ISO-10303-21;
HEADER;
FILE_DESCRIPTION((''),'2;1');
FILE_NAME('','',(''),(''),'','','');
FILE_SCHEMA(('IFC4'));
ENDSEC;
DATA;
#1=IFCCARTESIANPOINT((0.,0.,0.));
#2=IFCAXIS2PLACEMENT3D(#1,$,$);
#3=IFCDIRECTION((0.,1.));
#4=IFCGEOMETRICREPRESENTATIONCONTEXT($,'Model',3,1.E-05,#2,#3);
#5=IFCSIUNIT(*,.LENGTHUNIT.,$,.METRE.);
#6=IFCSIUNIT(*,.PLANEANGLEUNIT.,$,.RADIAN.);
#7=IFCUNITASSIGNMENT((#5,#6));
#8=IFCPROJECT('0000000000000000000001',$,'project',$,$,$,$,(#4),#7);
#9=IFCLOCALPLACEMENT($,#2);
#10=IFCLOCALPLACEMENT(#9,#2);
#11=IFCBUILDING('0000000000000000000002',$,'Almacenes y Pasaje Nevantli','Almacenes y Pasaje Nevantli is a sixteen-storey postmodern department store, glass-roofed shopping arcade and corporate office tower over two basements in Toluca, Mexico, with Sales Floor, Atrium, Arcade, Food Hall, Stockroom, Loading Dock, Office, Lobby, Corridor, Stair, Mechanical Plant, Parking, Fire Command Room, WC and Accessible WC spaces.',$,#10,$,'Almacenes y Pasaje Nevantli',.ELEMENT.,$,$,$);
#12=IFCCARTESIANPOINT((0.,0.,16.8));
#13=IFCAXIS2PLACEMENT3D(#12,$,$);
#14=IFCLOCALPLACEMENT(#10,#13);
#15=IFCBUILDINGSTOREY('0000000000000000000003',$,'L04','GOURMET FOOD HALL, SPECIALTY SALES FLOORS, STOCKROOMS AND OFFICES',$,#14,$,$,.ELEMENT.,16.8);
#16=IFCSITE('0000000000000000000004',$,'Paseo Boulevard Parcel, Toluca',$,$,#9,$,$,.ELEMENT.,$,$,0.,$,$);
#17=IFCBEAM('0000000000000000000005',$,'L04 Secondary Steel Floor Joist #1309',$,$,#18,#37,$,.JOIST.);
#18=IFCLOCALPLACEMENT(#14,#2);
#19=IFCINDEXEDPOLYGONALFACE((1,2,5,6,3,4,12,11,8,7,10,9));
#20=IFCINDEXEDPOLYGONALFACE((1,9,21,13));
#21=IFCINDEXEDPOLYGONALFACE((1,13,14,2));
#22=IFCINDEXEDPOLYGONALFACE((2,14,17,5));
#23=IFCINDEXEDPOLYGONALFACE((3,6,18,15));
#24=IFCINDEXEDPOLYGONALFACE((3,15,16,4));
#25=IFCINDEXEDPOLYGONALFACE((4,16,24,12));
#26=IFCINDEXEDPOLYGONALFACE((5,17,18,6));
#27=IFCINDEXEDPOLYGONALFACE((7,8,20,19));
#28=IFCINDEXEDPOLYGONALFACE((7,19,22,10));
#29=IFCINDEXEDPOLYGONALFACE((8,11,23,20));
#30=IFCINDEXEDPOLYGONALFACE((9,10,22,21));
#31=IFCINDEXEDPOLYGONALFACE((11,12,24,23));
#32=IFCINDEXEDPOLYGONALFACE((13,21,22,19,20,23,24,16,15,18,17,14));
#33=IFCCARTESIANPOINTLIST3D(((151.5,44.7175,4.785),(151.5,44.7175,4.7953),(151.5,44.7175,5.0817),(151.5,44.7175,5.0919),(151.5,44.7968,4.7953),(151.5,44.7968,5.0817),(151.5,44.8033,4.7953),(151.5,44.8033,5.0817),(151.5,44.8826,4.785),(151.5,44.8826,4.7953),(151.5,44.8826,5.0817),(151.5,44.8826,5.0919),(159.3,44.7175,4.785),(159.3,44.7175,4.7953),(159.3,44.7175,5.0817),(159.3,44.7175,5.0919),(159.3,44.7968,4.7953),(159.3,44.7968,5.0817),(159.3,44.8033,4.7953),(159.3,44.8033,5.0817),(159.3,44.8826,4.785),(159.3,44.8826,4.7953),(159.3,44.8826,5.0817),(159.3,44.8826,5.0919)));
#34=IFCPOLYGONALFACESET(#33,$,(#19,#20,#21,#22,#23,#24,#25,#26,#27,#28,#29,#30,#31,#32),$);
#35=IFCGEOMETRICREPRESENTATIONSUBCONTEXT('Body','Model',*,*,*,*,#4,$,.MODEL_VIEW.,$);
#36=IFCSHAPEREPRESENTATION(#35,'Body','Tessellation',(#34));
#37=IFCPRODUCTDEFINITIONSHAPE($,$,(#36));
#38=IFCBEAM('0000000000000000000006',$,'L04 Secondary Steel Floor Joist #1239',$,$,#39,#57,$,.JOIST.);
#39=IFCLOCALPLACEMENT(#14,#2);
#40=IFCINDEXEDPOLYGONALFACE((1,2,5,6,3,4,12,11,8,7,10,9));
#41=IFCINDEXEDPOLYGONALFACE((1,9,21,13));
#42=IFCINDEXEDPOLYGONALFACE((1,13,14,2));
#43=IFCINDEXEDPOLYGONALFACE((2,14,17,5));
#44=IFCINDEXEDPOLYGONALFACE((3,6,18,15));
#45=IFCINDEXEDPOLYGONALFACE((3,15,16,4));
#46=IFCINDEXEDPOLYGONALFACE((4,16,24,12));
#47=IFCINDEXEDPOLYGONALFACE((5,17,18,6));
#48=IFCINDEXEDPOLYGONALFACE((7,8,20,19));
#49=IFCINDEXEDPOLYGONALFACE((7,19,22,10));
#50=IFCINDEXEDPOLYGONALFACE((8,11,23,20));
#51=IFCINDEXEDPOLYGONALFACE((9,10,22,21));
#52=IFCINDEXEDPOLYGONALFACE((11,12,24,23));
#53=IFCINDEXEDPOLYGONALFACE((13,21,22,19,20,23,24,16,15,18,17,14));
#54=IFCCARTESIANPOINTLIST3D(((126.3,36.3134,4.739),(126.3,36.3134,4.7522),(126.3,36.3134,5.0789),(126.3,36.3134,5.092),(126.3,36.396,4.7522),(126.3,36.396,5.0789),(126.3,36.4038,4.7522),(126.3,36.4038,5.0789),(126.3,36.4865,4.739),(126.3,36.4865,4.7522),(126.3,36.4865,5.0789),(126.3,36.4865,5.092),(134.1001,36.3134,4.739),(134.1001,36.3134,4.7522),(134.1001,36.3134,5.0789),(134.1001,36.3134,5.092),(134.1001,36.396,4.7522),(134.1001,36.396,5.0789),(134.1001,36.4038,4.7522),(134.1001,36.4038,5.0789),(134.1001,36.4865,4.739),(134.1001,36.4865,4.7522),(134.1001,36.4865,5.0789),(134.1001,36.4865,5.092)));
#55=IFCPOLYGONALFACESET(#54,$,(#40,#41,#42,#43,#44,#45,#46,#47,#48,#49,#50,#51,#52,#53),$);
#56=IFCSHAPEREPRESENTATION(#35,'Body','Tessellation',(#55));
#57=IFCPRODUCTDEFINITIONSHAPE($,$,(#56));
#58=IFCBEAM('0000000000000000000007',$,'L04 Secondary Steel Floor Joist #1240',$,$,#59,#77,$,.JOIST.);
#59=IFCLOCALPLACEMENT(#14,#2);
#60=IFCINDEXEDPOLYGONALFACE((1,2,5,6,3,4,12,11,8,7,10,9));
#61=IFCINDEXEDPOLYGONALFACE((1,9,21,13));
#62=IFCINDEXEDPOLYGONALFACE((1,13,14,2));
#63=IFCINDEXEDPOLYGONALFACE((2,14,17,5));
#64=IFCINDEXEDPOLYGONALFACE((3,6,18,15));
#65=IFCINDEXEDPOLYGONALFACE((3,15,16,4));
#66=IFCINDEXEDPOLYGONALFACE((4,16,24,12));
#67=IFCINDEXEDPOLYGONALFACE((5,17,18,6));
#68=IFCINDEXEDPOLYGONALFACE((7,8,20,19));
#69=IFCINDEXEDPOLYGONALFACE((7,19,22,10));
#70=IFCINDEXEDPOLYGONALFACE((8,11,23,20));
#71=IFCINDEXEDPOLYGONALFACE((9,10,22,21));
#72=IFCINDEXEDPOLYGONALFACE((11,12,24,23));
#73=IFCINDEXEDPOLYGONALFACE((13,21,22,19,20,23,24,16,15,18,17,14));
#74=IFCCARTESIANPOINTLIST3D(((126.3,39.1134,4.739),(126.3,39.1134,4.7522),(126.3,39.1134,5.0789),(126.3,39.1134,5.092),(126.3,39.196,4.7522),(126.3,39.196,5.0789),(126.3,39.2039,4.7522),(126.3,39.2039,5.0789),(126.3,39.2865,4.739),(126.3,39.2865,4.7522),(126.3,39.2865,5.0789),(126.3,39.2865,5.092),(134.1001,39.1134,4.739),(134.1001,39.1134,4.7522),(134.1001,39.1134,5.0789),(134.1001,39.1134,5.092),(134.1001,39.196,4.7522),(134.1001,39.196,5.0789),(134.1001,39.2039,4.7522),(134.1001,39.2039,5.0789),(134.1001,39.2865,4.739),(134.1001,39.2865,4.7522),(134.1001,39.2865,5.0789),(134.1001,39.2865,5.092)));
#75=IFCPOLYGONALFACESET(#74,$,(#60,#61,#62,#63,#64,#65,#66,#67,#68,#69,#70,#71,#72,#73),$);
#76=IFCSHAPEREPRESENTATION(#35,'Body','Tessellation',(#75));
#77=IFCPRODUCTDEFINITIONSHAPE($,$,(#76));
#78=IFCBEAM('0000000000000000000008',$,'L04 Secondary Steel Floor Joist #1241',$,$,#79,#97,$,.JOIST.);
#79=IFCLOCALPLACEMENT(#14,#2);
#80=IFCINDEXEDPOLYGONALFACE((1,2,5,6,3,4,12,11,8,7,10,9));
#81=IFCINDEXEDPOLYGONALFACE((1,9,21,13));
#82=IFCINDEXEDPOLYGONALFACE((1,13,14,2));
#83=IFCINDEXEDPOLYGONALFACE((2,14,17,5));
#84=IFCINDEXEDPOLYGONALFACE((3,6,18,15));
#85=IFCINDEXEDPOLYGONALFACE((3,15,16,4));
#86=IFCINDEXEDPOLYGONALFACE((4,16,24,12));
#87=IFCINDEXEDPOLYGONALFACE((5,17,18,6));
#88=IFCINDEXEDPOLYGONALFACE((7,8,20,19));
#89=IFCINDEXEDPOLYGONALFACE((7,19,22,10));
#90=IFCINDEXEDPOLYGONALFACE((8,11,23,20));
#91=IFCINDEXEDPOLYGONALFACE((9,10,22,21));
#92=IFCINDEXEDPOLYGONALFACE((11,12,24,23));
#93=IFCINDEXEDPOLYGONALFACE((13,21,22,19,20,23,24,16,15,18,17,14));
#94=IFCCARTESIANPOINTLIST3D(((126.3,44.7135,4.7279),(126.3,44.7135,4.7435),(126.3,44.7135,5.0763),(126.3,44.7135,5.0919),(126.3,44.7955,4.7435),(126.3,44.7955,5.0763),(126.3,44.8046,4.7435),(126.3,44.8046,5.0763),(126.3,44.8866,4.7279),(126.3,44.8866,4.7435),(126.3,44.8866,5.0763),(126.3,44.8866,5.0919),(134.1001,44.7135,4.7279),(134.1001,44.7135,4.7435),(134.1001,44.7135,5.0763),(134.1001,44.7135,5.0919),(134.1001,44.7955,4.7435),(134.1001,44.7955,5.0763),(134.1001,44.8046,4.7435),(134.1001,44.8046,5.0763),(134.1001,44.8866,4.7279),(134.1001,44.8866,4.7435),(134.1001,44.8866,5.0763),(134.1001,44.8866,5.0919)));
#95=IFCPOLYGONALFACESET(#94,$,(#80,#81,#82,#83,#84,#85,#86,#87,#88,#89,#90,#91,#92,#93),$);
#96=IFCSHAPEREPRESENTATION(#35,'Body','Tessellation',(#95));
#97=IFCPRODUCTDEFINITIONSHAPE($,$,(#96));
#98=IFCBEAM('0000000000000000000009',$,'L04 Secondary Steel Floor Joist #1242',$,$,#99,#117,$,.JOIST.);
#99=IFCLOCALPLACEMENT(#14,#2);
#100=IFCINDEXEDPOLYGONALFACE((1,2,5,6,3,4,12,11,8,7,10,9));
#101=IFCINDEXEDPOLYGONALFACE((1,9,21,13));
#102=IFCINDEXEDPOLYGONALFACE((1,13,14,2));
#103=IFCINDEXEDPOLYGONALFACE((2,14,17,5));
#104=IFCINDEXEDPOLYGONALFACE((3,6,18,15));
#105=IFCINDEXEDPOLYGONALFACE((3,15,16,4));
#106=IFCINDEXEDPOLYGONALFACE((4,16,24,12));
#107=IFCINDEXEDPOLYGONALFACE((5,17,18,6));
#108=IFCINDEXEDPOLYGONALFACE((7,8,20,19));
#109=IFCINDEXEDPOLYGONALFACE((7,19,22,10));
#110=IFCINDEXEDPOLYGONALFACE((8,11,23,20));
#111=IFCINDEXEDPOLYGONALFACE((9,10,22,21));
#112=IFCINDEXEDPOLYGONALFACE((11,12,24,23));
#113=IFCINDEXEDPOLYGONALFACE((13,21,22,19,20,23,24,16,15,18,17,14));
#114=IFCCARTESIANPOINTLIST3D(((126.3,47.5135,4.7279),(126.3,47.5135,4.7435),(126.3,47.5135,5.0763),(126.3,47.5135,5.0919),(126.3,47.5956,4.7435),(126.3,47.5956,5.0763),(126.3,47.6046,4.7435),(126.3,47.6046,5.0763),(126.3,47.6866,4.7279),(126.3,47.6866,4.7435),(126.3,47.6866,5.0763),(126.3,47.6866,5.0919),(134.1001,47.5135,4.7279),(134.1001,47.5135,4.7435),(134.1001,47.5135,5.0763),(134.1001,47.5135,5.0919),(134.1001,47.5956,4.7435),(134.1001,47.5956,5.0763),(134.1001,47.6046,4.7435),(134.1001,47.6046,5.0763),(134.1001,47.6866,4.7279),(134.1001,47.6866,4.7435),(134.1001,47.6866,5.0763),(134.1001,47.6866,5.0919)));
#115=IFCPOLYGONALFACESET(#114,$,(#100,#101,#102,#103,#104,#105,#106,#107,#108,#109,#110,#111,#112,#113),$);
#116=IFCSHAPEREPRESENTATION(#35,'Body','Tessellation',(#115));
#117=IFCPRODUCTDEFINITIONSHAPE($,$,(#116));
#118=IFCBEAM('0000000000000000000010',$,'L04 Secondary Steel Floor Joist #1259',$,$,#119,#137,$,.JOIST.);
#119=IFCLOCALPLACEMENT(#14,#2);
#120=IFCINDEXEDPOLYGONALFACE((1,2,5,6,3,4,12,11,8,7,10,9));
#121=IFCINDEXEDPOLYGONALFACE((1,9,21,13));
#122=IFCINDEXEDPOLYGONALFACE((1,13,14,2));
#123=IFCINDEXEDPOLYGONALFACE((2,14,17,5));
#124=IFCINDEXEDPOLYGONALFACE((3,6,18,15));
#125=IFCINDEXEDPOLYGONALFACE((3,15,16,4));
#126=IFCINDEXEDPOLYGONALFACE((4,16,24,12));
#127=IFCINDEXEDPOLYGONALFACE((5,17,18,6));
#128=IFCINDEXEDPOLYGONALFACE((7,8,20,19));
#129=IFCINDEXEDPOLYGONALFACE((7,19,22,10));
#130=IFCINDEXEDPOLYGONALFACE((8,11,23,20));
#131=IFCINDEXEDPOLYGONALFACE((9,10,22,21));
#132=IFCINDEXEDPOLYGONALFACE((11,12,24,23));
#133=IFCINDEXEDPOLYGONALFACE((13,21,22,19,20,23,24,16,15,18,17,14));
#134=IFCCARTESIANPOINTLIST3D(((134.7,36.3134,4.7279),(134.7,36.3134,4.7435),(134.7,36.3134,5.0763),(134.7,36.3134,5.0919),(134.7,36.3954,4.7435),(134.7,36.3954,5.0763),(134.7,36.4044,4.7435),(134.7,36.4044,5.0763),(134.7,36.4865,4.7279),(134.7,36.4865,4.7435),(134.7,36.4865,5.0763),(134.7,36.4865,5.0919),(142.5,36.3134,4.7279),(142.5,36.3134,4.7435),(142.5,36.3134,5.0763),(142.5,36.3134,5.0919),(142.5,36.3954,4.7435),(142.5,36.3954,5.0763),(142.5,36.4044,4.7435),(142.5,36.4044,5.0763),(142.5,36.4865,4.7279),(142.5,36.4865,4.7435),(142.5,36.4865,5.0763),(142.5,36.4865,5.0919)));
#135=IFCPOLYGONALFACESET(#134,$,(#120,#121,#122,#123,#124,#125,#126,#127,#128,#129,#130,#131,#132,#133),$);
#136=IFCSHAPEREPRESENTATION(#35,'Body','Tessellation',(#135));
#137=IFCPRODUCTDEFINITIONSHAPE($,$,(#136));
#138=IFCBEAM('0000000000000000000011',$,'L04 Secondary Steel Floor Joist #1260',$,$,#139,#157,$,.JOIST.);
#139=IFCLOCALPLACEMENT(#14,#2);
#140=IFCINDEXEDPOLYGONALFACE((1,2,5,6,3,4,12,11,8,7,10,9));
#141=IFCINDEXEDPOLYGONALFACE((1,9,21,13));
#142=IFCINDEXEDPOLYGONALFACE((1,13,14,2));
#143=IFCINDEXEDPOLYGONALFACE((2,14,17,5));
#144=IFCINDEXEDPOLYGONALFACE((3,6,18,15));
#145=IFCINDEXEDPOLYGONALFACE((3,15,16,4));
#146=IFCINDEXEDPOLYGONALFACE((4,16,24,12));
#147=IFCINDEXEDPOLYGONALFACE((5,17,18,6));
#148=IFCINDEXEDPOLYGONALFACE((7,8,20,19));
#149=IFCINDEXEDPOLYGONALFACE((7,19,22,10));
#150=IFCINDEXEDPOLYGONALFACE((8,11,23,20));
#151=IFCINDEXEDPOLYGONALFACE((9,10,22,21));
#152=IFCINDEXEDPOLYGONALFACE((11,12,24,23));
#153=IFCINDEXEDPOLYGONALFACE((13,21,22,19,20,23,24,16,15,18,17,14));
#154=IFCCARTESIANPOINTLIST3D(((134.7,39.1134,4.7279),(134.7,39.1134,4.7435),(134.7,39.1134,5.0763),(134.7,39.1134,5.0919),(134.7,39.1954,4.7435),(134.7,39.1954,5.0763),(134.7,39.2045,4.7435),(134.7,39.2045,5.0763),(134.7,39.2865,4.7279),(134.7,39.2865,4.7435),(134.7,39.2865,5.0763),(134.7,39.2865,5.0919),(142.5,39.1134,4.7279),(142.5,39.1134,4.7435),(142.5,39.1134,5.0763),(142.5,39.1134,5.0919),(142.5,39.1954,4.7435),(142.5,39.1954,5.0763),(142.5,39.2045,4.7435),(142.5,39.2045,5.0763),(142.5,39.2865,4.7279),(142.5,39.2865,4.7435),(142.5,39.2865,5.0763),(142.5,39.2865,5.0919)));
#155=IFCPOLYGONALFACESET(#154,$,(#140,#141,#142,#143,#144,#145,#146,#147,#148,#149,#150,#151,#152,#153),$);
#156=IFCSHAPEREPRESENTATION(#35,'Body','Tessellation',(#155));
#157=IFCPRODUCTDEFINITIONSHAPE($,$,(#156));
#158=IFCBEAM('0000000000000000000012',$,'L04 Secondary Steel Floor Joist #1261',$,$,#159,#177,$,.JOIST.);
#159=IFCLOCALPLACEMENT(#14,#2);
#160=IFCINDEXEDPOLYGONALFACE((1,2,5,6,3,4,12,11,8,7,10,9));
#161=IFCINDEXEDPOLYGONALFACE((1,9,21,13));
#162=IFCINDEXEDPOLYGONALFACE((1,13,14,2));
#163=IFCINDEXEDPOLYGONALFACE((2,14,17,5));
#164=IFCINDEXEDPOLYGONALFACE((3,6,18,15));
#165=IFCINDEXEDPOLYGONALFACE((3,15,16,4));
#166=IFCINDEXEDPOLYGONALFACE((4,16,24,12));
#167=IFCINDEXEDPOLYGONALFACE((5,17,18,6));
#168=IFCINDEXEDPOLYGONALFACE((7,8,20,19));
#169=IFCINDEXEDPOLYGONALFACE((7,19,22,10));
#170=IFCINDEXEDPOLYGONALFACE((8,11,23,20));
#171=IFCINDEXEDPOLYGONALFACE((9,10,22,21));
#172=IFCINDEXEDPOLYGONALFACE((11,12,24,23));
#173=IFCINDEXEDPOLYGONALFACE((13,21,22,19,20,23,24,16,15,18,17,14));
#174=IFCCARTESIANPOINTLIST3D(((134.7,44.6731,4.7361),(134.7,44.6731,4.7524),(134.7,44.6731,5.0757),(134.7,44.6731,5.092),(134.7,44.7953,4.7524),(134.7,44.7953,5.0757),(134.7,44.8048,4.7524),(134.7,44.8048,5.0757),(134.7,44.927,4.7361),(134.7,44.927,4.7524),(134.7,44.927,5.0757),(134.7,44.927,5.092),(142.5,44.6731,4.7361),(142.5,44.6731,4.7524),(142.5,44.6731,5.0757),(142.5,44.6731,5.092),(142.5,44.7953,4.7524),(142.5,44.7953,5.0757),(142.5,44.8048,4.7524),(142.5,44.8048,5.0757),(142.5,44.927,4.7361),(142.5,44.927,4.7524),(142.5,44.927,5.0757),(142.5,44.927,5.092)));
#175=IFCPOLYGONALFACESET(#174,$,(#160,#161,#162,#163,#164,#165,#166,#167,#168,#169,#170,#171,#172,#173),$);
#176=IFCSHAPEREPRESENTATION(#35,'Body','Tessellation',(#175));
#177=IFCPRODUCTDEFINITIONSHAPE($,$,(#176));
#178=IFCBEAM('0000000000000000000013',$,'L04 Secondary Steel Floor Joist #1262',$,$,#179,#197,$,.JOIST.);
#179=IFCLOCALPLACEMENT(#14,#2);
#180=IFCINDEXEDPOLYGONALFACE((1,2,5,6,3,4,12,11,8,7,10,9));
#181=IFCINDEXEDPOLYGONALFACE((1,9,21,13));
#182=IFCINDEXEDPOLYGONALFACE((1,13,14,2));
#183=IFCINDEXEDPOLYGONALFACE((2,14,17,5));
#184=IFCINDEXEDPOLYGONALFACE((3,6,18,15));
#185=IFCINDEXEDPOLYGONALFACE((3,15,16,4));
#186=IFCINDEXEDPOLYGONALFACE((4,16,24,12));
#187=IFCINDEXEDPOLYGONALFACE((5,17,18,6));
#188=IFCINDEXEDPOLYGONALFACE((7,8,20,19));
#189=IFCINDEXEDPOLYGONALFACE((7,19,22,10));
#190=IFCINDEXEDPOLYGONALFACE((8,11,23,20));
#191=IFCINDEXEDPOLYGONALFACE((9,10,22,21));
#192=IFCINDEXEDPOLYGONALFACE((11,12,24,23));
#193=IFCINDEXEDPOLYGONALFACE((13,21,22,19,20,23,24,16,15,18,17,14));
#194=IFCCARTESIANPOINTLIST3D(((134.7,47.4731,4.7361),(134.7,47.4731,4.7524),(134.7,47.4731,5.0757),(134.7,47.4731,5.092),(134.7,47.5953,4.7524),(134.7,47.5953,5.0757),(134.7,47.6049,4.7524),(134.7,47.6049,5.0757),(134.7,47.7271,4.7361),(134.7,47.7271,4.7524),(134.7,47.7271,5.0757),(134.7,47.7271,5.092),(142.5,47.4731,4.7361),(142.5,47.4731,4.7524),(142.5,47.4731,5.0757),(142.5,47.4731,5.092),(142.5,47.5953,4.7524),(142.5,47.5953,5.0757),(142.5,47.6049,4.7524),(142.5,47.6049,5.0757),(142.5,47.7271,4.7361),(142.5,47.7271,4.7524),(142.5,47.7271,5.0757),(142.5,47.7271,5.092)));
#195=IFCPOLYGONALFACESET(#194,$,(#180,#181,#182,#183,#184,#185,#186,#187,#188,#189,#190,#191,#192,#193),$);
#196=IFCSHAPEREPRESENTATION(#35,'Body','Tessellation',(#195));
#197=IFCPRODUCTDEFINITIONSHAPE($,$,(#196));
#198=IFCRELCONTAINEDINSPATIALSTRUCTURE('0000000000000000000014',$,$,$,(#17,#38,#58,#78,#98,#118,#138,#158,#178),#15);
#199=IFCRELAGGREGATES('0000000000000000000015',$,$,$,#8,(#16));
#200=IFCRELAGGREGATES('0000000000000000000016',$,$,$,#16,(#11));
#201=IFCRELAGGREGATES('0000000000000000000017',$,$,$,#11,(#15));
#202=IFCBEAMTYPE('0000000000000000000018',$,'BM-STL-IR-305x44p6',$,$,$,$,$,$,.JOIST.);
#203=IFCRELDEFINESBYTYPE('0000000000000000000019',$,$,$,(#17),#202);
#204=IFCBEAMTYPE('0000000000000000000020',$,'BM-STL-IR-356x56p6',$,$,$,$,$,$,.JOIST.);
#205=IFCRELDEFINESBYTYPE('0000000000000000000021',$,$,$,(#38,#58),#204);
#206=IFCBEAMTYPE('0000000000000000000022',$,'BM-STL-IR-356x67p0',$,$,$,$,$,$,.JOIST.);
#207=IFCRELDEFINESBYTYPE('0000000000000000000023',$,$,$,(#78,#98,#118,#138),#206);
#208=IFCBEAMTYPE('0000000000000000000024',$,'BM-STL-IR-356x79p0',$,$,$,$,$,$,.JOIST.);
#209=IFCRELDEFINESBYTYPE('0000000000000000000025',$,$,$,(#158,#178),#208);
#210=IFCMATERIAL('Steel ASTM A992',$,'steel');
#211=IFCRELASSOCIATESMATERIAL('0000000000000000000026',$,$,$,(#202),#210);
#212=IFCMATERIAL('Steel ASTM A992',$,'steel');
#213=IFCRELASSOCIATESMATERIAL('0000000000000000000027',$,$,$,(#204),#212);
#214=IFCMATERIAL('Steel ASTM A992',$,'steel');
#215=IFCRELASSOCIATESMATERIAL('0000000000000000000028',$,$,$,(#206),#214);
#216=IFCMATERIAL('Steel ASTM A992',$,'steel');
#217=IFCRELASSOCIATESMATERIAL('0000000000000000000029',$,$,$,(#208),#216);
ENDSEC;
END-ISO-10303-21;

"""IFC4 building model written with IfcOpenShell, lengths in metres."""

from ifc_helpers import new_model, si_unit, direction, frame, origin, origin_2d, place, context, subcontext, project, spatial, i_section, extrude, material, material_profile, profile_set, type_object, element, save


model = new_model("IFC4")

# Units and contexts
model_context = context("Model", 3, precision=1e-05, world=origin(), true_north=direction((0.0, 1.0)))
body_context = subcontext(model_context, "Body", "Model", "MODEL_VIEW")
ifc_project = project(units=[si_unit("LENGTHUNIT", "METRE"), si_unit("PLANEANGLEUNIT", "RADIAN")], contexts=[model_context])

# Site, building, storey
site_placement = place(None, origin())
site = spatial("IfcSite", under=ifc_project, at=site_placement, Name="Paseo Boulevard Parcel, Toluca", CompositionType="ELEMENT", RefElevation=0.0)
building_placement = place(site_placement, origin())
building = spatial("IfcBuilding", under=site, at=building_placement, Name="Almacenes y Pasaje Nevantli", Description="Almacenes y Pasaje Nevantli is a sixteen-storey postmodern department store, glass-roofed shopping arcade and corporate office tower over two basements in Toluca, Mexico, with Sales Floor, Atrium, Arcade, Food Hall, Stockroom, Loading Dock, Office, Lobby, Corridor, Stair, Mechanical Plant, Parking, Fire Command Room, WC and Accessible WC spaces.", LongName="Almacenes y Pasaje Nevantli", CompositionType="ELEMENT")
storey_placement = place(building_placement, frame((0.0, 0.0, 16.8)))
storey = spatial("IfcBuildingStorey", under=building, at=storey_placement, Name="L04", Description="GOURMET FOOD HALL, SPECIALTY SALES FLOORS, STOCKROOMS AND OFFICES", CompositionType="ELEMENT", Elevation=16.8)

# Beams
ifc_material_1 = material(Name="Steel ASTM A992", Category="steel")
ifc_material_profile_1 = material_profile(ifc_material_1, i_section(OverallWidth=0.165, OverallDepth=0.3069, WebThickness=0.0066, FlangeThickness=0.0103, at=origin_2d()), Name="IR 305x44.6")
ifc_profile_set_1 = profile_set([ifc_material_profile_1], Name="Steel ASTM A992")
beam_type_1 = type_object("IfcBeamType", Name="BM-STL-IR-305x44p6", PredefinedType="JOIST", material=ifc_profile_set_1)
beam_1_placement = place(storey_placement, frame((151.5, 44.8, 4.9385), z_axis=(1.0, 0.0, 0.0), x_axis=(0.0, 1.0, 0.0)))
element("IfcBeam", 1, at=beam_1_placement, inside=storey, type_object=beam_type_1, Name="L04 Secondary Steel Floor Joist #1309", PredefinedType="JOIST", context=body_context, shape_type="SweptSolid", body=[
    extrude(i_section(OverallWidth=0.165, OverallDepth=0.3069, WebThickness=0.0066, FlangeThickness=0.0103, at=origin_2d()), origin(), (0.0, 0.0, 1.0), 7.8),
])
ifc_material_2 = material(Name="Steel ASTM A992", Category="steel")
ifc_material_profile_2 = material_profile(ifc_material_2, i_section(OverallWidth=0.1731, OverallDepth=0.353, WebThickness=0.0078, FlangeThickness=0.0132, at=origin_2d()), Name="IR 356x56.6")
ifc_profile_set_2 = profile_set([ifc_material_profile_2], Name="Steel ASTM A992")
beam_type_2 = type_object("IfcBeamType", Name="BM-STL-IR-356x56p6", PredefinedType="JOIST", material=ifc_profile_set_2)
for number, where, z_axis, x_axis, name in (
    (2, (126.3, 36.3999, 4.9155), (1.0, 0.0, 0.0), (0.0, 1.0, 0.0), "L04 Secondary Steel Floor Joist #1239"),
    (3, (126.3, 39.2, 4.9155), (1.0, 0.0, 0.0), (0.0, 1.0, 0.0), "L04 Secondary Steel Floor Joist #1240"),
):
    element("IfcBeam", number, at=place(storey_placement, frame(where, z_axis=z_axis, x_axis=x_axis)), inside=storey, type_object=beam_type_2, Name=name, PredefinedType="JOIST", context=body_context, shape_type="SweptSolid", body=[
        extrude(i_section(OverallWidth=0.1731, OverallDepth=0.353, WebThickness=0.0078, FlangeThickness=0.0132, at=origin_2d()), origin(), (0.0, 0.0, 1.0), 7.8),
    ])
ifc_material_3 = material(Name="Steel ASTM A992", Category="steel")
ifc_material_profile_3 = material_profile(ifc_material_3, i_section(OverallWidth=0.1731, OverallDepth=0.364, WebThickness=0.009, FlangeThickness=0.0156, at=origin_2d()), Name="IR 356x67.0")
ifc_profile_set_3 = profile_set([ifc_material_profile_3], Name="Steel ASTM A992")
beam_type_3 = type_object("IfcBeamType", Name="BM-STL-IR-356x67p0", PredefinedType="JOIST", material=ifc_profile_set_3)
for number, where, z_axis, x_axis, name in (
    (4, (126.3, 44.8, 4.9099), (1.0, 0.0, 0.0), (0.0, 1.0, 0.0), "L04 Secondary Steel Floor Joist #1241"),
    (5, (126.3, 47.6001, 4.9099), (1.0, 0.0, 0.0), (0.0, 1.0, 0.0), "L04 Secondary Steel Floor Joist #1242"),
    (6, (134.7, 36.3999, 4.9099), (1.0, 0.0, 0.0), (0.0, 1.0, 0.0), "L04 Secondary Steel Floor Joist #1259"),
    (7, (134.7, 39.2, 4.9099), (1.0, 0.0, 0.0), (0.0, 1.0, 0.0), "L04 Secondary Steel Floor Joist #1260"),
):
    element("IfcBeam", number, at=place(storey_placement, frame(where, z_axis=z_axis, x_axis=x_axis)), inside=storey, type_object=beam_type_3, Name=name, PredefinedType="JOIST", context=body_context, shape_type="SweptSolid", body=[
        extrude(i_section(OverallWidth=0.1731, OverallDepth=0.364, WebThickness=0.009, FlangeThickness=0.0156, at=origin_2d()), origin(), (0.0, 0.0, 1.0), 7.8),
    ])
ifc_material_4 = material(Name="Steel ASTM A992", Category="steel")
ifc_material_profile_4 = material_profile(ifc_material_4, i_section(OverallWidth=0.2539, OverallDepth=0.356, WebThickness=0.0095, FlangeThickness=0.0164, at=origin_2d()), Name="IR 356x79.0")
ifc_profile_set_4 = profile_set([ifc_material_profile_4], Name="Steel ASTM A992")
beam_type_4 = type_object("IfcBeamType", Name="BM-STL-IR-356x79p0", PredefinedType="JOIST", material=ifc_profile_set_4)
for number, where, z_axis, x_axis, name in (
    (8, (134.7, 44.8, 4.9141), (1.0, 0.0, 0.0), (0.0, 1.0, 0.0), "L04 Secondary Steel Floor Joist #1261"),
    (9, (134.7, 47.6001, 4.9141), (1.0, 0.0, 0.0), (0.0, 1.0, 0.0), "L04 Secondary Steel Floor Joist #1262"),
):
    element("IfcBeam", number, at=place(storey_placement, frame(where, z_axis=z_axis, x_axis=x_axis)), inside=storey, type_object=beam_type_4, Name=name, PredefinedType="JOIST", context=body_context, shape_type="SweptSolid", body=[
        extrude(i_section(OverallWidth=0.2539, OverallDepth=0.356, WebThickness=0.0095, FlangeThickness=0.0164, at=origin_2d()), origin(), (0.0, 0.0, 1.0), 7.8),
    ])

save(model, "model.ifc")
